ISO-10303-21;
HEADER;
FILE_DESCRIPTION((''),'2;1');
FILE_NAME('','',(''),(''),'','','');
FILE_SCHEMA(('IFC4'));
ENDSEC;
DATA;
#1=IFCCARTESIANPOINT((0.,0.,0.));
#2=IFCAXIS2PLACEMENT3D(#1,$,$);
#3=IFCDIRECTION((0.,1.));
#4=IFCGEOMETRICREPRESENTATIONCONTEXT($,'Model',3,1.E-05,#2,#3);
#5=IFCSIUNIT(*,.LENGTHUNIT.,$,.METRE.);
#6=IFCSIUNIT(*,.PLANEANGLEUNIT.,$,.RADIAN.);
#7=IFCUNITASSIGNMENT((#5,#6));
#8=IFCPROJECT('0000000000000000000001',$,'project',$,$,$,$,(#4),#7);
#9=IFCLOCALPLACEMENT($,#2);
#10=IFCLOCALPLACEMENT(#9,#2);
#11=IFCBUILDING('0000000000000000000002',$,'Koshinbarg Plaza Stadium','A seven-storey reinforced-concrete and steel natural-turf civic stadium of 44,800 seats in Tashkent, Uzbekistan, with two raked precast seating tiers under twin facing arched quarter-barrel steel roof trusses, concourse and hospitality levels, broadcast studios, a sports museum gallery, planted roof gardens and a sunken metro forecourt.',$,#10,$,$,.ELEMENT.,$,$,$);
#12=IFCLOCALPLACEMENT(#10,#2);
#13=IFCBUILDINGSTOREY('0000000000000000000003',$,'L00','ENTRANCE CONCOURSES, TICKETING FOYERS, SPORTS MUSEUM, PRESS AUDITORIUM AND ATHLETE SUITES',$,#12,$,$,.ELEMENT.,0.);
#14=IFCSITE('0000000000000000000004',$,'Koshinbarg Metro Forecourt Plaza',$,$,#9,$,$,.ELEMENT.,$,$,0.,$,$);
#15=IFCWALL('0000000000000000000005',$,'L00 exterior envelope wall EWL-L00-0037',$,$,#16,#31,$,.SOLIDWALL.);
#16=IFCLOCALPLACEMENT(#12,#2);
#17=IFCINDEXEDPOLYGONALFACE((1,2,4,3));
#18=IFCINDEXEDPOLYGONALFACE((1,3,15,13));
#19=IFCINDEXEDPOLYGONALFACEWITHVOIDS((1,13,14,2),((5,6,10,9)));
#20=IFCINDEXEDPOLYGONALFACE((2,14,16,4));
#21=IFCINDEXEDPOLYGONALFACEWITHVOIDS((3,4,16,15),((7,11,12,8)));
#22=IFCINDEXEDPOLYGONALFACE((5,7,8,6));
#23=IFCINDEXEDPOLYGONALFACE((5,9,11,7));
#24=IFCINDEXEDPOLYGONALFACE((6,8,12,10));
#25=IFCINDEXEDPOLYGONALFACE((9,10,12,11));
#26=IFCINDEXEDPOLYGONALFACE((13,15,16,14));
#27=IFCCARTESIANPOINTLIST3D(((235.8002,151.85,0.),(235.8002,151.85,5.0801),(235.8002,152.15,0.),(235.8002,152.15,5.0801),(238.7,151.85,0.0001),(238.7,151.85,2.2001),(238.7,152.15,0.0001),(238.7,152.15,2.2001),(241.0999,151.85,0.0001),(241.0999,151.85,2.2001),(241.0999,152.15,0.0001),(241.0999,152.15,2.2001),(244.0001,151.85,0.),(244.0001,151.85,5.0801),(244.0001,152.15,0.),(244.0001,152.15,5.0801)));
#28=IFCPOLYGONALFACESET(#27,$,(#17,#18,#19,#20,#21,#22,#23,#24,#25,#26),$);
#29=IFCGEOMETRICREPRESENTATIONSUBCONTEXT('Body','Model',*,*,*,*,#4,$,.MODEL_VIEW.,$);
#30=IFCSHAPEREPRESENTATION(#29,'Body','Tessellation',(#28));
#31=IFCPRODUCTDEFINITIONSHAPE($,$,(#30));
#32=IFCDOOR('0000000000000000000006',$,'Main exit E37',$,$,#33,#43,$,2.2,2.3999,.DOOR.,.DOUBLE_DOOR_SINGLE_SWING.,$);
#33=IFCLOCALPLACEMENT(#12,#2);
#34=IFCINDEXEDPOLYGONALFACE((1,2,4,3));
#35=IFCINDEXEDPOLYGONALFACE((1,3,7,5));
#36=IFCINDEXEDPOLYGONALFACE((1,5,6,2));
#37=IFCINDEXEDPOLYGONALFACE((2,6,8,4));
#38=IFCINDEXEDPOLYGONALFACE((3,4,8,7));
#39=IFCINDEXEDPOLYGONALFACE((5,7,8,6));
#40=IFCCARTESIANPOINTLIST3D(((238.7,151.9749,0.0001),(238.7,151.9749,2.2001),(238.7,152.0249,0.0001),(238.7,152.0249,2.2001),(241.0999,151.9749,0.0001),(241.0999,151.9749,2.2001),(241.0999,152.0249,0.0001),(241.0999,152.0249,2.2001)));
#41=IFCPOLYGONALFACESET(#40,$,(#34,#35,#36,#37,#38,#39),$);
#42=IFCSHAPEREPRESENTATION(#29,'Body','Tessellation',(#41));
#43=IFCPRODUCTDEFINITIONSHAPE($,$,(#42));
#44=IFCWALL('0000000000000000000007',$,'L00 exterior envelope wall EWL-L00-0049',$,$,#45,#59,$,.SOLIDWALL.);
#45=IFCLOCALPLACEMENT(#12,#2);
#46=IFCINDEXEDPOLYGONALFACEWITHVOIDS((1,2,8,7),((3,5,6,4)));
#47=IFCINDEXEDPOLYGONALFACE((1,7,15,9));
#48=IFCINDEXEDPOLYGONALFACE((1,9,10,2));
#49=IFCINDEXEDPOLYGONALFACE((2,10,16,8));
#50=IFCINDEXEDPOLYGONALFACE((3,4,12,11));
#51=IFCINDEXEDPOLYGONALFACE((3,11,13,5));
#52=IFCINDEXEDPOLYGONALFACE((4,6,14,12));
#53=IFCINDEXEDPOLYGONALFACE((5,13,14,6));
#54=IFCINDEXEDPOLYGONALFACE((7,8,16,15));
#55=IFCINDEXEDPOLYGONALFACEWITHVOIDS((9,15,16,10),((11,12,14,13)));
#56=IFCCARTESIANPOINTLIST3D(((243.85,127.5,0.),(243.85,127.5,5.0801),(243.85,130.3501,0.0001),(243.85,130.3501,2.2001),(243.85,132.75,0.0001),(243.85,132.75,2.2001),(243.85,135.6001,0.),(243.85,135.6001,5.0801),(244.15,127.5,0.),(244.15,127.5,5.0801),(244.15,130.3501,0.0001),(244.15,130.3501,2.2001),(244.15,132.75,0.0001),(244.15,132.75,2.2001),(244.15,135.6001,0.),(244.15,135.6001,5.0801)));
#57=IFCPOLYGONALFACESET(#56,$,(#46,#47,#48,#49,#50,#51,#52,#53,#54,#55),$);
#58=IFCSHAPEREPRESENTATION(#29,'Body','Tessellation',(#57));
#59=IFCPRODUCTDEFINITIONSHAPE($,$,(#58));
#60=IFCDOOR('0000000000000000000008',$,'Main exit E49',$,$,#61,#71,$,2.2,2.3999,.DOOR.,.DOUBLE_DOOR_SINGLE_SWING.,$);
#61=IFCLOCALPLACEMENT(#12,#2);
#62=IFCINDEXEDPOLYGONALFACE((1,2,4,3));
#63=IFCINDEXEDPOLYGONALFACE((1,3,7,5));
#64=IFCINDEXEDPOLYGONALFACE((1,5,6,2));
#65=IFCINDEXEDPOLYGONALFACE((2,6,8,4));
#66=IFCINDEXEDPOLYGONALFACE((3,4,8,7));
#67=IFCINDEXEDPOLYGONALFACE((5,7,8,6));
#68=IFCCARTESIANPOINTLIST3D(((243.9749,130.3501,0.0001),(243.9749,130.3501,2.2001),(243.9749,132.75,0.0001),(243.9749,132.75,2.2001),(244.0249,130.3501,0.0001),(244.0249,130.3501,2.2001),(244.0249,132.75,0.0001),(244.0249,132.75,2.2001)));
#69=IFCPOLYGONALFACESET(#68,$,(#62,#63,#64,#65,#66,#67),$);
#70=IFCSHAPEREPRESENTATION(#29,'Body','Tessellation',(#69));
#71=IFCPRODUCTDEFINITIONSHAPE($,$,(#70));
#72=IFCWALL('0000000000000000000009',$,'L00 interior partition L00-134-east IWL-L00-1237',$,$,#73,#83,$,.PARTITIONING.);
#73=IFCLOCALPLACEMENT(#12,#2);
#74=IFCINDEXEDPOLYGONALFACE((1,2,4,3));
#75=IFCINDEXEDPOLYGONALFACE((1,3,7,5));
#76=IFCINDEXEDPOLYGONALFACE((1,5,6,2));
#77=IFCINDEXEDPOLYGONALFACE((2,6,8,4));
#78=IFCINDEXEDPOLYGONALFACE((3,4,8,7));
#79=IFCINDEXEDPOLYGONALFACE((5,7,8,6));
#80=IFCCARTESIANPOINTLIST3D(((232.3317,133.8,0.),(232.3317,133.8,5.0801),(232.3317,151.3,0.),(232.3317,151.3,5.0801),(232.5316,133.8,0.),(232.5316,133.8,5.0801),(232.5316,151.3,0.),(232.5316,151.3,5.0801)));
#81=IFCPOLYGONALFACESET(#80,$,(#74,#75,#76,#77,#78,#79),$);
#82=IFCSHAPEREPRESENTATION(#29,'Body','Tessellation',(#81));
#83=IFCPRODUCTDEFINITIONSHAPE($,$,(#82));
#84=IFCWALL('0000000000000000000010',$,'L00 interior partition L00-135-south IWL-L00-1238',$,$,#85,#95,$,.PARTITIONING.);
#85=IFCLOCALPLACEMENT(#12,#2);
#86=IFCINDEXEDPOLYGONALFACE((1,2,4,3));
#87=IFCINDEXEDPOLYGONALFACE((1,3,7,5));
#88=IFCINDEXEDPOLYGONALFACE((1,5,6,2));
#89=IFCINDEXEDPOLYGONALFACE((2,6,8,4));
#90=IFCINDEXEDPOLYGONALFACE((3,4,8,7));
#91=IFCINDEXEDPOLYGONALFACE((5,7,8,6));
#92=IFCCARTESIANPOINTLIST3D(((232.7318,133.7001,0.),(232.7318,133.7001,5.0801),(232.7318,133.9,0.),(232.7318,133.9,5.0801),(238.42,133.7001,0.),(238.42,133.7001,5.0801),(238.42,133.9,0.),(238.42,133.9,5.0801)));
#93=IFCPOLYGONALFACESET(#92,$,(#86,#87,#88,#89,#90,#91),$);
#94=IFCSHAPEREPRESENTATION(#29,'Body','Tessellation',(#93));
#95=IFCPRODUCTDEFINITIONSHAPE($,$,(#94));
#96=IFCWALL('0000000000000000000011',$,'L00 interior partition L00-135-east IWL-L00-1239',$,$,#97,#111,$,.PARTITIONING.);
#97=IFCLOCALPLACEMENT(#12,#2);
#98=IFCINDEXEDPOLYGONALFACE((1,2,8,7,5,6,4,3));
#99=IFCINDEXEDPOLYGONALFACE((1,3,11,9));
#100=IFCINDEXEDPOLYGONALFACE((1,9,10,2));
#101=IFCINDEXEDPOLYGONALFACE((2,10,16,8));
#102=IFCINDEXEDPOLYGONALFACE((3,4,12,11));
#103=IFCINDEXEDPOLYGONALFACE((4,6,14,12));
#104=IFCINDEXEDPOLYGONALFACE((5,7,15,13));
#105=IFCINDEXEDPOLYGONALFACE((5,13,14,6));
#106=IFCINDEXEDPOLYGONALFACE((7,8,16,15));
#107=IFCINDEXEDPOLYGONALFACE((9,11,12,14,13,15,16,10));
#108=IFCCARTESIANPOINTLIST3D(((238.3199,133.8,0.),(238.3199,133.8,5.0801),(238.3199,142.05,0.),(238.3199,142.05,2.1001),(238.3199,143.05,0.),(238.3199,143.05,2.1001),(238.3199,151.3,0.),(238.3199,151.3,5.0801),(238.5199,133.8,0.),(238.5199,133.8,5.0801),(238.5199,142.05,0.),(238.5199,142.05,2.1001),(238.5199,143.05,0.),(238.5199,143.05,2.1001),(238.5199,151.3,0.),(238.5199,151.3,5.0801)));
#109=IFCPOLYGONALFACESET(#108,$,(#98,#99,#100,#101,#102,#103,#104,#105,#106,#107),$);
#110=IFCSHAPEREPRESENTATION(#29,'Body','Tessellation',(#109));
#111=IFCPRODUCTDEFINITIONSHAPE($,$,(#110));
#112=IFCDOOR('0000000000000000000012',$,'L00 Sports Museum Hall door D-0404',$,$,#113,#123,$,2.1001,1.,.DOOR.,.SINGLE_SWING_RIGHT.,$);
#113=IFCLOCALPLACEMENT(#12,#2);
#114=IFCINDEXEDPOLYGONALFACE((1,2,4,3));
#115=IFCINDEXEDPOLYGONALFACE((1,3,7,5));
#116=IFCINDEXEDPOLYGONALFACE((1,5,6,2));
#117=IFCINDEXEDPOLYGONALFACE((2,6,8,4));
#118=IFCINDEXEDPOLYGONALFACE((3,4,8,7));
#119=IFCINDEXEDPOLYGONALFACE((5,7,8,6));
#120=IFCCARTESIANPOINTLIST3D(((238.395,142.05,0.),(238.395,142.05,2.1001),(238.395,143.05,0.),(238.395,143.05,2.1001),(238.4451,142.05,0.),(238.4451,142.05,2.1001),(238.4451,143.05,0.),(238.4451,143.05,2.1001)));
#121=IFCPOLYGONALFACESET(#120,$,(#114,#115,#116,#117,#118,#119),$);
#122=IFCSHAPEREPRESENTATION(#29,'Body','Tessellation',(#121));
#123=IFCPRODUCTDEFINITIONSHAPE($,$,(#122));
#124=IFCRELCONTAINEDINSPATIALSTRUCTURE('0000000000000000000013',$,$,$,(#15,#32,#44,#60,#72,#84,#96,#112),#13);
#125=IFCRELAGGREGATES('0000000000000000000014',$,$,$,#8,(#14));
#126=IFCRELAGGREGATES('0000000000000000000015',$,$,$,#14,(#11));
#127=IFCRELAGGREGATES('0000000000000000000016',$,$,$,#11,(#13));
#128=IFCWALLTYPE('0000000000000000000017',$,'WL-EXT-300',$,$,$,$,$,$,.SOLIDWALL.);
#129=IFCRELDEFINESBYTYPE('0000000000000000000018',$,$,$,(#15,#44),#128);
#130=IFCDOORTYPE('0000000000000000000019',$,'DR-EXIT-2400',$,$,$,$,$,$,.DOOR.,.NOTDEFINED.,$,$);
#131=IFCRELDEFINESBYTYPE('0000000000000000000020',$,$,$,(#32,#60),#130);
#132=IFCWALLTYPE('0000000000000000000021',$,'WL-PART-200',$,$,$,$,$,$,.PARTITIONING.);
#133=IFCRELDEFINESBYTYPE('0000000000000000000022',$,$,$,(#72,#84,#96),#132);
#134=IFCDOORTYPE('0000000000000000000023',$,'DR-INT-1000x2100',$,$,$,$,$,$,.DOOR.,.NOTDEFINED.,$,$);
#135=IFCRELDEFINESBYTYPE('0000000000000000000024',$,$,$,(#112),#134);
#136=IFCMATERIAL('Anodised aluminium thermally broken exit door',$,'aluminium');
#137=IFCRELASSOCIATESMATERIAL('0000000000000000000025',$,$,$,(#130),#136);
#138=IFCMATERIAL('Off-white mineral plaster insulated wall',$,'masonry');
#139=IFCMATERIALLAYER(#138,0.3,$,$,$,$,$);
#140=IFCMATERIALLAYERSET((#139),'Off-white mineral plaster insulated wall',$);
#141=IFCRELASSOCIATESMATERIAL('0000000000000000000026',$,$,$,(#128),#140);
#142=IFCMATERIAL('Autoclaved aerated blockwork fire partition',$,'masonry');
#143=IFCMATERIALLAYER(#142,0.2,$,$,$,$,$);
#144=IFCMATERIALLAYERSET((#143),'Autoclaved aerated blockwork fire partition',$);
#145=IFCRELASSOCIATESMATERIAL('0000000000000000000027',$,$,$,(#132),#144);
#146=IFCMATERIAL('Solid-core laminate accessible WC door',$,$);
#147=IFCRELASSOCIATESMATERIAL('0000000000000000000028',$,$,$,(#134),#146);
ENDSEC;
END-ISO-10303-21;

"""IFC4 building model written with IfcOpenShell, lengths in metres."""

from ifc_helpers import new_model, si_unit, direction, frame, frame_2d, origin, place, context, subcontext, project, spatial, rectangle, extrude, material, layer, layer_set, type_object, element, fill, save


model = new_model("IFC4")

# Units and contexts
model_context = context("Model", 3, precision=1e-05, world=origin(), true_north=direction((0.0, 1.0)))
body_context = subcontext(model_context, "Body", "Model", "MODEL_VIEW")
ifc_project = project(units=[si_unit("LENGTHUNIT", "METRE"), si_unit("PLANEANGLEUNIT", "RADIAN")], contexts=[model_context])

# Site, building, storey
site_placement = place(None, origin())
site = spatial("IfcSite", under=ifc_project, at=site_placement, Name="Koshinbarg Metro Forecourt Plaza", CompositionType="ELEMENT", RefElevation=0.0)
building_placement = place(site_placement, origin())
building = spatial("IfcBuilding", under=site, at=building_placement, Name="Koshinbarg Plaza Stadium", Description="A seven-storey reinforced-concrete and steel natural-turf civic stadium of 44,800 seats in Tashkent, Uzbekistan, with two raked precast seating tiers under twin facing arched quarter-barrel steel roof trusses, concourse and hospitality levels, broadcast studios, a sports museum gallery, planted roof gardens and a sunken metro forecourt.", CompositionType="ELEMENT")
storey_placement = place(building_placement, origin())
storey = spatial("IfcBuildingStorey", under=building, at=storey_placement, Name="L00", Description="ENTRANCE CONCOURSES, TICKETING FOYERS, SPORTS MUSEUM, PRESS AUDITORIUM AND ATHLETE SUITES", CompositionType="ELEMENT", Elevation=0.0)

# Walls, openings, doors
ifc_material_1 = material(Name="Anodised aluminium thermally broken exit door", Category="aluminium")
door_type_1 = type_object("IfcDoorType", Name="DR-EXIT-2400", OperationType="NOTDEFINED", PredefinedType="DOOR", material=ifc_material_1)
ifc_material_2 = material(Name="Off-white mineral plaster insulated wall", Category="masonry")
ifc_layer_1 = layer(ifc_material_2, 0.3)
ifc_layer_set_1 = layer_set([ifc_layer_1], Name="Off-white mineral plaster insulated wall")
wall_type_1 = type_object("IfcWallType", Name="WL-EXT-300", PredefinedType="SOLIDWALL", material=ifc_layer_set_1)
wall_1_placement = place(storey_placement, frame((235.8, 152.0, 0.0), z_axis=(0.0, 0.0, 1.0), x_axis=(1.0, 0.0, 0.0)))
wall_1 = element("IfcWall", 1, at=wall_1_placement, inside=storey, type_object=wall_type_1, Name="L00 exterior envelope wall EWL-L00-0037", PredefinedType="SOLIDWALL", context=body_context, shape_type="SweptSolid", body=[
    extrude(rectangle(XDim=8.2, YDim=0.3, at=frame_2d((4.1001, 0.0))), origin(), (0.0, 0.0, 1.0), 5.0801),
])
opening_1_placement = place(wall_1_placement, frame((2.8999, 0.0, 0.0)))
opening_1 = element("IfcOpeningElement", 2, at=opening_1_placement, cuts=wall_1, PredefinedType="OPENING", context=body_context, shape_type="SweptSolid", body=[
    extrude(rectangle(XDim=2.3999, YDim=2.2, at=frame_2d((1.2, 1.1001))), frame((0.0, 0.1599, 0.0), z_axis=(0.0, -1.0, 0.0), x_axis=(1.0, 0.0, 0.0)), (0.0, 0.0, 1.0), 0.3201),
])
door_1_placement = place(opening_1_placement, origin())
door_1 = element("IfcDoor", 3, at=door_1_placement, inside=storey, type_object=door_type_1, Name="Main exit E37", OperationType="DOUBLE_DOOR_SINGLE_SWING", OverallHeight=2.2, OverallWidth=2.3999, PredefinedType="DOOR", context=body_context, shape_type="SweptSolid", body=[
    extrude(rectangle(XDim=2.3999, YDim=2.2, at=frame_2d((1.2, 1.1001))), frame((0.0, 0.0249, 0.0), z_axis=(0.0, -1.0, 0.0), x_axis=(1.0, 0.0, 0.0)), (0.0, 0.0, 1.0), 0.05),
])
fill(opening_1, door_1)
wall_2_placement = place(storey_placement, frame((244.0, 135.6001, 0.0), z_axis=(0.0, 0.0, 1.0), x_axis=(0.0, -1.0, 0.0)))
wall_2 = element("IfcWall", 4, at=wall_2_placement, inside=storey, type_object=wall_type_1, Name="L00 exterior envelope wall EWL-L00-0049", PredefinedType="SOLIDWALL", context=body_context, shape_type="SweptSolid", body=[
    extrude(rectangle(XDim=8.1001, YDim=0.3, at=frame_2d((4.05, 0.0))), origin(), (0.0, 0.0, 1.0), 5.0801),
])
opening_2_placement = place(wall_2_placement, frame((2.8501, 0.0, 0.0)))
opening_2 = element("IfcOpeningElement", 5, at=opening_2_placement, cuts=wall_2, PredefinedType="OPENING", context=body_context, shape_type="SweptSolid", body=[
    extrude(rectangle(XDim=2.3999, YDim=2.2, at=frame_2d((1.2, 1.1001))), frame((0.0, 0.1599, 0.0), z_axis=(0.0, -1.0, 0.0), x_axis=(1.0, 0.0, 0.0)), (0.0, 0.0, 1.0), 0.3201),
])
door_2_placement = place(opening_2_placement, origin())
door_2 = element("IfcDoor", 6, at=door_2_placement, inside=storey, type_object=door_type_1, Name="Main exit E49", OperationType="DOUBLE_DOOR_SINGLE_SWING", OverallHeight=2.2, OverallWidth=2.3999, PredefinedType="DOOR", context=body_context, shape_type="SweptSolid", body=[
    extrude(rectangle(XDim=2.3999, YDim=2.2, at=frame_2d((1.2, 1.1001))), frame((0.0, 0.0249, 0.0), z_axis=(0.0, -1.0, 0.0), x_axis=(1.0, 0.0, 0.0)), (0.0, 0.0, 1.0), 0.05),
])
fill(opening_2, door_2)
ifc_material_3 = material(Name="Autoclaved aerated blockwork fire partition", Category="masonry")
ifc_layer_2 = layer(ifc_material_3, 0.2)
ifc_layer_set_2 = layer_set([ifc_layer_2], Name="Autoclaved aerated blockwork fire partition")
wall_type_2 = type_object("IfcWallType", Name="WL-PART-200", PredefinedType="PARTITIONING", material=ifc_layer_set_2)

# Walls
wall_3_placement = place(storey_placement, frame((232.4316, 133.8, 0.0), z_axis=(0.0, 0.0, 1.0), x_axis=(0.0, 1.0, 0.0)))
element("IfcWall", 7, at=wall_3_placement, inside=storey, type_object=wall_type_2, Name="L00 interior partition L00-134-east IWL-L00-1237", PredefinedType="PARTITIONING", context=body_context, shape_type="SweptSolid", body=[
    extrude(rectangle(XDim=17.5, YDim=0.2, at=frame_2d((8.75, 0.0))), origin(), (0.0, 0.0, 1.0), 5.0801),
])
wall_4_placement = place(storey_placement, frame((232.7317, 133.8, 0.0), z_axis=(0.0, 0.0, 1.0), x_axis=(1.0, 0.0, 0.0)))
element("IfcWall", 8, at=wall_4_placement, inside=storey, type_object=wall_type_2, Name="L00 interior partition L00-135-south IWL-L00-1238", PredefinedType="PARTITIONING", context=body_context, shape_type="SweptSolid", body=[
    extrude(rectangle(XDim=5.6882, YDim=0.2, at=frame_2d((2.8442, 0.0))), origin(), (0.0, 0.0, 1.0), 5.0801),
])

# Wall, opening, door
wall_5_placement = place(storey_placement, frame((238.4199, 133.8, 0.0), z_axis=(0.0, 0.0, 1.0), x_axis=(0.0, 1.0, 0.0)))
wall_5 = element("IfcWall", 9, at=wall_5_placement, inside=storey, type_object=wall_type_2, Name="L00 interior partition L00-135-east IWL-L00-1239", PredefinedType="PARTITIONING", context=body_context, shape_type="SweptSolid", body=[
    extrude(rectangle(XDim=17.5, YDim=0.2, at=frame_2d((8.75, 0.0))), origin(), (0.0, 0.0, 1.0), 5.0801),
])
opening_3_placement = place(wall_5_placement, frame((8.25, 0.0, 0.0)))
opening_3 = element("IfcOpeningElement", 10, at=opening_3_placement, cuts=wall_5, PredefinedType="OPENING", context=body_context, shape_type="SweptSolid", body=[
    extrude(rectangle(XDim=1.0, YDim=2.1001, at=frame_2d((0.5, 1.05))), frame((0.0, 0.1099, 0.0), z_axis=(0.0, -1.0, 0.0), x_axis=(1.0, 0.0, 0.0)), (0.0, 0.0, 1.0), 0.22),
])
ifc_material_4 = material(Name="Solid-core laminate accessible WC door")
door_type_2 = type_object("IfcDoorType", Name="DR-INT-1000x2100", OperationType="NOTDEFINED", PredefinedType="DOOR", material=ifc_material_4)
door_3_placement = place(opening_3_placement, origin())
door_3 = element("IfcDoor", 11, at=door_3_placement, inside=storey, type_object=door_type_2, Name="L00 Sports Museum Hall door D-0404", OperationType="SINGLE_SWING_RIGHT", OverallHeight=2.1001, OverallWidth=1.0, PredefinedType="DOOR", context=body_context, shape_type="SweptSolid", body=[
    extrude(rectangle(XDim=1.0, YDim=2.1001, at=frame_2d((0.5, 1.05))), frame((0.0, 0.0249, 0.0), z_axis=(0.0, -1.0, 0.0), x_axis=(1.0, 0.0, 0.0)), (0.0, 0.0, 1.0), 0.05),
])
fill(opening_3, door_3)

save(model, "model.ifc")
